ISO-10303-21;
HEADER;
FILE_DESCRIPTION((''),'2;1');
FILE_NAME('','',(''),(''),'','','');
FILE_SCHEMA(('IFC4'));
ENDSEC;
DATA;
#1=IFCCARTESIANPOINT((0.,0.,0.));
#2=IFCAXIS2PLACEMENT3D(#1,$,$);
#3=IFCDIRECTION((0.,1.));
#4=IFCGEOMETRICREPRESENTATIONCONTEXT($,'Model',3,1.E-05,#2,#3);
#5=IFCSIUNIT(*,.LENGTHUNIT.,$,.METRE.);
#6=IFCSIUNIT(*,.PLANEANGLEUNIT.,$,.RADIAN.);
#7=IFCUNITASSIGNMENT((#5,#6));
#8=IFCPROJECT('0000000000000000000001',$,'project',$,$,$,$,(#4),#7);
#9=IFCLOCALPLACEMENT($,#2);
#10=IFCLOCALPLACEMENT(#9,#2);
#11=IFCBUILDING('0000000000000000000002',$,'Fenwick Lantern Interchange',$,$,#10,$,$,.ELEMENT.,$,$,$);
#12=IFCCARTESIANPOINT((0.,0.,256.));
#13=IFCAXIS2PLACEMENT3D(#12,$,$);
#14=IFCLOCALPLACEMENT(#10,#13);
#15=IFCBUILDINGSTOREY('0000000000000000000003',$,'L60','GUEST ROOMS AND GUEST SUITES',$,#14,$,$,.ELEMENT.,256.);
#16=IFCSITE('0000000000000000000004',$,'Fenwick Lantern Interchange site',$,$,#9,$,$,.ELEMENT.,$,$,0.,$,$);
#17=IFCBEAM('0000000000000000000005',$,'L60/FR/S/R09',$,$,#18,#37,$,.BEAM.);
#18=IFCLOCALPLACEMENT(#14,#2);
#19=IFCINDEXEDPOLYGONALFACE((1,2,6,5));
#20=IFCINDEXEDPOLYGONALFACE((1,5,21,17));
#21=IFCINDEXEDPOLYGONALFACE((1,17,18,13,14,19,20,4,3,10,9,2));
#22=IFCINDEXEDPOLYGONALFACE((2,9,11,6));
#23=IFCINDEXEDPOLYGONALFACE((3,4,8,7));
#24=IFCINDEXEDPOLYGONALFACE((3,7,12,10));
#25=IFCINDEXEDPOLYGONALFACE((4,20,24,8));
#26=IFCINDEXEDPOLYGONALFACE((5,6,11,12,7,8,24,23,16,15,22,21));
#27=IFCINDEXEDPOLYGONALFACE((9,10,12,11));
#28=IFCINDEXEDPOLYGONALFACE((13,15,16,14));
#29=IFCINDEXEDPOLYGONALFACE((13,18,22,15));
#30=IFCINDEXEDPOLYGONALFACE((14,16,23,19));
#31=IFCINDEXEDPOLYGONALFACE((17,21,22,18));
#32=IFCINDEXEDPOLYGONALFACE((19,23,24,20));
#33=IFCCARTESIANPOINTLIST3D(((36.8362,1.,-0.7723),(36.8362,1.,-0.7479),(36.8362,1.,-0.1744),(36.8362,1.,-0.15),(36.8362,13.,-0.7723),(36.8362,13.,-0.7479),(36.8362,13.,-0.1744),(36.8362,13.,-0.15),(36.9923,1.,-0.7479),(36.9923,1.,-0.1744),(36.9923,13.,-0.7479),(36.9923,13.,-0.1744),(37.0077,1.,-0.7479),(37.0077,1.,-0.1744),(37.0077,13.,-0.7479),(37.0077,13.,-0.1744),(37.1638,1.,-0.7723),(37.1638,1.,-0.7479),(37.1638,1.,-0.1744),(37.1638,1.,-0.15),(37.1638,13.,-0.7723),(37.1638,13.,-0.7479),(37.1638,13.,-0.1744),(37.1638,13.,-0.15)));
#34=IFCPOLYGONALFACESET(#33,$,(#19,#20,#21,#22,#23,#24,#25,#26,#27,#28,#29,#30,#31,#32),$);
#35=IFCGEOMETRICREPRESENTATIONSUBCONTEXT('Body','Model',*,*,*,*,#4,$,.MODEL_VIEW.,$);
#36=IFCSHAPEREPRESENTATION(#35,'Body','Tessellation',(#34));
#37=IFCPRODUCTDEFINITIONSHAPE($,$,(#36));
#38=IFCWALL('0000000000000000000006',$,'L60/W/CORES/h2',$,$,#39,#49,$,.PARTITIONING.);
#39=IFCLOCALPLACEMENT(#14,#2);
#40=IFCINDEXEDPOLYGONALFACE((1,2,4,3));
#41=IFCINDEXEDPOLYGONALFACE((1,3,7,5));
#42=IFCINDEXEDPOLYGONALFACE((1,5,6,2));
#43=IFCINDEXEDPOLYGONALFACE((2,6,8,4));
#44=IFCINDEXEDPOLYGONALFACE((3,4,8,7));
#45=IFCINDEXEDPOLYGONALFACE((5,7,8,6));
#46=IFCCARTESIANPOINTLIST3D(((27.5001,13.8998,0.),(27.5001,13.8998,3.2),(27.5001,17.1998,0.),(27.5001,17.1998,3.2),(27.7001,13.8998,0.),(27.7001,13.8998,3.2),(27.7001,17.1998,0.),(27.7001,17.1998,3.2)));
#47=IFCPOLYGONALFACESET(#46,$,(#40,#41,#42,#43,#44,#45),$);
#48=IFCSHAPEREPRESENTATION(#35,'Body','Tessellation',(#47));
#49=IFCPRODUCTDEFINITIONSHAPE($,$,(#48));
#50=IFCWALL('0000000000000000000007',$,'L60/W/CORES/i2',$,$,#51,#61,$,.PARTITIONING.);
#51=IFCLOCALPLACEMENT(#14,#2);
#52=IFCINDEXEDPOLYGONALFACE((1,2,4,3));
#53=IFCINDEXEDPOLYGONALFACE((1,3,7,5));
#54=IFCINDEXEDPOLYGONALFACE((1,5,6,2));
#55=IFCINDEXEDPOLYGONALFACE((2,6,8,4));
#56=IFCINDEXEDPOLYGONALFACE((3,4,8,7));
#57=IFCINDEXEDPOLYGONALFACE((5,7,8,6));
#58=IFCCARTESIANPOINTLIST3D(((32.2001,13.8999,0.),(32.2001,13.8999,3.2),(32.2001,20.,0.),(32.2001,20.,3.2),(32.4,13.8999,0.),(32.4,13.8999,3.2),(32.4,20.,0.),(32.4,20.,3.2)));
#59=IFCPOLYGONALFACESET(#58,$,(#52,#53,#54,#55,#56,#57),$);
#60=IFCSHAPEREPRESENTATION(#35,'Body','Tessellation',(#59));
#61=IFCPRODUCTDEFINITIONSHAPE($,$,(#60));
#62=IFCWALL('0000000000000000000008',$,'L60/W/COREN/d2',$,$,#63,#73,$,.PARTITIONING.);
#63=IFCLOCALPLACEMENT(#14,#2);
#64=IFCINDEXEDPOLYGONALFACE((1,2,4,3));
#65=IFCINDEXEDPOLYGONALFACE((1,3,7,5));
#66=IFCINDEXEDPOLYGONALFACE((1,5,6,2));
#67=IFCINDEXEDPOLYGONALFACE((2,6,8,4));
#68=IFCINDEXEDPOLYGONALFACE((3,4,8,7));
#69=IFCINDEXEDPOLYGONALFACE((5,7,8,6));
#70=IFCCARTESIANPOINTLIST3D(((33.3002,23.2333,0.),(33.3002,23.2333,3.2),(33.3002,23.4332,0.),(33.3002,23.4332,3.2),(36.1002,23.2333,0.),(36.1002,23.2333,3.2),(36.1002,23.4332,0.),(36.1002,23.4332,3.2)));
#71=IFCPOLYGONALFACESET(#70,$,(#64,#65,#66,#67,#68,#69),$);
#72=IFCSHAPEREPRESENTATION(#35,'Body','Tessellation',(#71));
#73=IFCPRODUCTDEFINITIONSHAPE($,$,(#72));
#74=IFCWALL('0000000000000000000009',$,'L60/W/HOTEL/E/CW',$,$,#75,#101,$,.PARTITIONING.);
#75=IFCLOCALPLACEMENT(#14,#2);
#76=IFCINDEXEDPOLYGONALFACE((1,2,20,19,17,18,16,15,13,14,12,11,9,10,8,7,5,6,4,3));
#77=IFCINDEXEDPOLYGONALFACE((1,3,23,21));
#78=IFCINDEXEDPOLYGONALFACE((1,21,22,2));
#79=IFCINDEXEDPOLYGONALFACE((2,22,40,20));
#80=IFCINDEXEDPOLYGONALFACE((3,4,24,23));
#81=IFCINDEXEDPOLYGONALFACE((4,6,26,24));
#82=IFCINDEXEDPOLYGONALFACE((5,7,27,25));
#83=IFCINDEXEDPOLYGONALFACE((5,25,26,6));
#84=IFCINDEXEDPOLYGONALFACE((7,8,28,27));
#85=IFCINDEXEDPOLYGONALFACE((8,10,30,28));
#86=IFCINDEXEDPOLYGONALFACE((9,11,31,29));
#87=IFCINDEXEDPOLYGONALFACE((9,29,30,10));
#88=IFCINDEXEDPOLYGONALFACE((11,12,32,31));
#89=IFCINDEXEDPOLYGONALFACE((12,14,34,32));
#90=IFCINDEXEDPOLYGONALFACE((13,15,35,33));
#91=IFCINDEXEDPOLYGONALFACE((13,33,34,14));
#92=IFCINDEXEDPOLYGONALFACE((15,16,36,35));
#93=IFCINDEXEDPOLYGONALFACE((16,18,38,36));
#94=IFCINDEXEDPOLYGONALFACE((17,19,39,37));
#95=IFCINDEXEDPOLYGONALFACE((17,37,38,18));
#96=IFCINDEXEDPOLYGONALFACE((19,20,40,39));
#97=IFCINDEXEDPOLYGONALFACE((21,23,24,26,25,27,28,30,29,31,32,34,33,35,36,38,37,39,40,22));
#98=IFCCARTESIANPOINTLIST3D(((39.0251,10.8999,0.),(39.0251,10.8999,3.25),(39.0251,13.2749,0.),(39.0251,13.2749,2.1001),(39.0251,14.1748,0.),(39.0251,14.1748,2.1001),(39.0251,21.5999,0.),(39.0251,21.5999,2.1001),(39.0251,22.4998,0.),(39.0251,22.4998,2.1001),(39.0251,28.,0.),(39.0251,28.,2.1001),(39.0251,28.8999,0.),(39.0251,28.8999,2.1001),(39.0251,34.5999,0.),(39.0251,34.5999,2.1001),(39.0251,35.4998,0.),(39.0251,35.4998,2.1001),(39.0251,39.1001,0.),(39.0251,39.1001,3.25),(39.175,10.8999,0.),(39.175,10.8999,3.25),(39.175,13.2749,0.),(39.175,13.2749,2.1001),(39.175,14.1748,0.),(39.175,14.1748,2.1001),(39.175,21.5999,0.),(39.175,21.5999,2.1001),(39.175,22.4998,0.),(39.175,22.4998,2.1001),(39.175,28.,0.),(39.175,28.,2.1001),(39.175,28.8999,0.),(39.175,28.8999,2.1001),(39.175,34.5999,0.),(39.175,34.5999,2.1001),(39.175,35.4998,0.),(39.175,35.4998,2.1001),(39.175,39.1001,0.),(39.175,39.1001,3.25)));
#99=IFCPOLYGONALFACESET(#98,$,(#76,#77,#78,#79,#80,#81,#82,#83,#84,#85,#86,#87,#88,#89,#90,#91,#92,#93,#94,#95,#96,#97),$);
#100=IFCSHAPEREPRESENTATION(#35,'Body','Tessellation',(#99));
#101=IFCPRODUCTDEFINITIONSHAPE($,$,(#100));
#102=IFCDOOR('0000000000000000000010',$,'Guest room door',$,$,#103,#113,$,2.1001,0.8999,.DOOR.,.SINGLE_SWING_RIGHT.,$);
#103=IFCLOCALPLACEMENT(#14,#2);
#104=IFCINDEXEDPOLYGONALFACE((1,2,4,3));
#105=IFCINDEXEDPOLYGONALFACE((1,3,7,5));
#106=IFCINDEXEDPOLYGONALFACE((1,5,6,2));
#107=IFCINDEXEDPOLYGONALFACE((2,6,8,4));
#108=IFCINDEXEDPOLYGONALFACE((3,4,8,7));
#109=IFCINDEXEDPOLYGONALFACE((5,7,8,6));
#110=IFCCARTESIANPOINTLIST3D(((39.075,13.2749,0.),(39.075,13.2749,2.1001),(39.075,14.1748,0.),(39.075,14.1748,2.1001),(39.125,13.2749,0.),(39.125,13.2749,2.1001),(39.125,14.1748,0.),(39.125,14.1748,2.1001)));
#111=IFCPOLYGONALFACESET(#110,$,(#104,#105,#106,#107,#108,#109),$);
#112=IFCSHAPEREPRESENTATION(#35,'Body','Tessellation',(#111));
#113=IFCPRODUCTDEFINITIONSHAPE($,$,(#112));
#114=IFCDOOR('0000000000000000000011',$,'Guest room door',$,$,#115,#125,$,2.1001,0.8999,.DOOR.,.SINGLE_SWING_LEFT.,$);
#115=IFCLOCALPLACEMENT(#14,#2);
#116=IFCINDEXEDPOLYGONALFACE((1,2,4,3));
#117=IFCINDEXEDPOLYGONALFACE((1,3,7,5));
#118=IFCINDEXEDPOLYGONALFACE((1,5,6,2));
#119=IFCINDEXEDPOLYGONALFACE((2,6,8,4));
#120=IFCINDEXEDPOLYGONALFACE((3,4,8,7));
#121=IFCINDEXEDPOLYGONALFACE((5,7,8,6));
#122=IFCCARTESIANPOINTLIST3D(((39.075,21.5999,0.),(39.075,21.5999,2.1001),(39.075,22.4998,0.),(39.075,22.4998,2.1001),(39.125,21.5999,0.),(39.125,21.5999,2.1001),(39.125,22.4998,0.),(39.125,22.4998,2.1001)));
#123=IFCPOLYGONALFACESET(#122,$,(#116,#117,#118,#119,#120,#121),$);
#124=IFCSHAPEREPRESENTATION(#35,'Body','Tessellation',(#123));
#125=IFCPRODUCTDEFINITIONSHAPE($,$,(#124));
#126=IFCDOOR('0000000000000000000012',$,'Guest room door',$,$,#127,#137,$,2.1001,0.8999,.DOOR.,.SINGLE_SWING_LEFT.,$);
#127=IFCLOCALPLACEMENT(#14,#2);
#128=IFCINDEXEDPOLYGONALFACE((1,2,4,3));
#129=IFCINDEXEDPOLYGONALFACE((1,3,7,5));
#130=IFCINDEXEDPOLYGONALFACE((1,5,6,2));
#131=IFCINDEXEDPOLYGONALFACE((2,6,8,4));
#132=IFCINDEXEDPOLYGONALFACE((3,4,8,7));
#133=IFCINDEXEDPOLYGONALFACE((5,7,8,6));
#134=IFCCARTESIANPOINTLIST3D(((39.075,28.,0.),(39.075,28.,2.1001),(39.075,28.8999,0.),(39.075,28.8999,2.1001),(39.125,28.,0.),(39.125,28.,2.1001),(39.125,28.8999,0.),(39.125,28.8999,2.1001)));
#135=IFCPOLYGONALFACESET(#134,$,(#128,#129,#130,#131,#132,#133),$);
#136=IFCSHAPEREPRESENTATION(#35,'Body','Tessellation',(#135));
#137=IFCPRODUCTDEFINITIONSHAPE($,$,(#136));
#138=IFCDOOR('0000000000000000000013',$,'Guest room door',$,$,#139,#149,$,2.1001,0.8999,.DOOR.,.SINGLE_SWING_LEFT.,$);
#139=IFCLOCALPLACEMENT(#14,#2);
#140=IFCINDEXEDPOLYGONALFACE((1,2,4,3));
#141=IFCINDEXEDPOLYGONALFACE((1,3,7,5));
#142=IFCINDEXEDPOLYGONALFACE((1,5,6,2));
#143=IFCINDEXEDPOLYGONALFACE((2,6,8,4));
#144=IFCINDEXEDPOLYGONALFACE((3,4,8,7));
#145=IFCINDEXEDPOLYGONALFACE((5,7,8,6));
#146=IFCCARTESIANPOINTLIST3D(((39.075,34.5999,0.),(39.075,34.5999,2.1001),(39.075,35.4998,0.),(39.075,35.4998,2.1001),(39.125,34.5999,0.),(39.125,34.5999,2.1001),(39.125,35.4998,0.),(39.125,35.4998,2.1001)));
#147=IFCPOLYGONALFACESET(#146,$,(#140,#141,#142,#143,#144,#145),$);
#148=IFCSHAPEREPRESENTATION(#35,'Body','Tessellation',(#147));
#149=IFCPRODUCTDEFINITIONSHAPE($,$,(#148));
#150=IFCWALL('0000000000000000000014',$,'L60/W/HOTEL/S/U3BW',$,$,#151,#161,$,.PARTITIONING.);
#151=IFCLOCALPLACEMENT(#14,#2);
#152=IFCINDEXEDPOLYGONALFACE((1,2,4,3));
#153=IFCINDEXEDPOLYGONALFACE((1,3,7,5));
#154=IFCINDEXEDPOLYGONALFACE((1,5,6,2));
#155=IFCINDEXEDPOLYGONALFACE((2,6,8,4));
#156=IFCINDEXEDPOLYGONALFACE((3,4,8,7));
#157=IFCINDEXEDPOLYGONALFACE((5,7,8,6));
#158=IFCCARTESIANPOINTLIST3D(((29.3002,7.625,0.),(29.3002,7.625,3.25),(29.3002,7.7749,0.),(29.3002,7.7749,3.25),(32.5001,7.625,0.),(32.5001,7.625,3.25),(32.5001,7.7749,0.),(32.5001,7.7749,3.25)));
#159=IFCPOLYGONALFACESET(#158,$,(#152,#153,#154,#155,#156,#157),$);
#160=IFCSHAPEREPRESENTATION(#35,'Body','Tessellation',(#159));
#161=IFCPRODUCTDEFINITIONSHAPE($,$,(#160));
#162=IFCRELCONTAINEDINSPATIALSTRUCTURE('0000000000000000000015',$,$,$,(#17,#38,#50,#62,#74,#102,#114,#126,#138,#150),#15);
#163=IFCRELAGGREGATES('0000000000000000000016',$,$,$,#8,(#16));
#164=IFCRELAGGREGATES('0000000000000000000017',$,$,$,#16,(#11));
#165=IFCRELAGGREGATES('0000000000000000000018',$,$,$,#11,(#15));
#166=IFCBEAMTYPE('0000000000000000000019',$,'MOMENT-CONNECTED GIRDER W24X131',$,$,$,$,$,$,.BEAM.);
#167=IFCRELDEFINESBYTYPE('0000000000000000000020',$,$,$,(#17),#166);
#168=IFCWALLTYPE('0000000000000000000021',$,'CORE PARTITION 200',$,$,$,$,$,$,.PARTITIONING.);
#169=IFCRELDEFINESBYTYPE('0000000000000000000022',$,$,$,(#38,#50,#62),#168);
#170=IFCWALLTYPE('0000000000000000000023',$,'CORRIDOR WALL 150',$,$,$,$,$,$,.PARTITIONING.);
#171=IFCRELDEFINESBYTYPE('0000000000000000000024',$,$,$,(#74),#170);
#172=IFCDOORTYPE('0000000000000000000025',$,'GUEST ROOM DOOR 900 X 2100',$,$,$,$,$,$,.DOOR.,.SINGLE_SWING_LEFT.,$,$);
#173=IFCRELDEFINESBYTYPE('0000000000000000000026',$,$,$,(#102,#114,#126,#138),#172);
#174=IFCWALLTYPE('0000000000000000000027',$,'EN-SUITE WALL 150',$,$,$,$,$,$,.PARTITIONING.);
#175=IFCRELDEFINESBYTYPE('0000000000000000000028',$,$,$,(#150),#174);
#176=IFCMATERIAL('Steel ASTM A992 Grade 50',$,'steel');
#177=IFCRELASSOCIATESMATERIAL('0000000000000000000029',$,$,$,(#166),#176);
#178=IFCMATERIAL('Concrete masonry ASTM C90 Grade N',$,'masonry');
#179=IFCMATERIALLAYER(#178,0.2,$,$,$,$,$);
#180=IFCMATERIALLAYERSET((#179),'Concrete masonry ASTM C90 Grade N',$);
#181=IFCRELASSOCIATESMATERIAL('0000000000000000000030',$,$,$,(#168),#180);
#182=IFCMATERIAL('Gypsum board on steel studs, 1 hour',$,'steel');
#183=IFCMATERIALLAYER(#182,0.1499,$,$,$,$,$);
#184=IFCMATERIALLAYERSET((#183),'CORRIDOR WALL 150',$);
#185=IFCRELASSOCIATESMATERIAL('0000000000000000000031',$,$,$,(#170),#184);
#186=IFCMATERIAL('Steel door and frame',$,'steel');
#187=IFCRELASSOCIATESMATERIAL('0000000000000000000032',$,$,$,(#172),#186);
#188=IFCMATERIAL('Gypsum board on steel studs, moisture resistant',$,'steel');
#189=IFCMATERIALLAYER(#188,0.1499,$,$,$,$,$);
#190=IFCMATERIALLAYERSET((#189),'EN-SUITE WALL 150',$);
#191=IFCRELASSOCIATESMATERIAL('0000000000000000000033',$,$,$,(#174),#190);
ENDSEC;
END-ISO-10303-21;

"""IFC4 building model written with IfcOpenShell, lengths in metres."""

from ifc_helpers import new_model, si_unit, direction, frame, frame_2d, origin, origin_2d, place, context, subcontext, project, spatial, rectangle, i_section, extrude, material, layer, layer_set, material_profile, profile_set, type_object, element, fill, save


model = new_model("IFC4")

# Units and contexts
model_context = context("Model", 3, precision=1e-05, world=origin(), true_north=direction((0.0, 1.0)))
body_context = subcontext(model_context, "Body", "Model", "MODEL_VIEW")
ifc_project = project(units=[si_unit("LENGTHUNIT", "METRE"), si_unit("PLANEANGLEUNIT", "RADIAN")], contexts=[model_context])

# Site, building, storey
site_placement = place(None, origin())
site = spatial("IfcSite", under=ifc_project, at=site_placement, Name="Fenwick Lantern Interchange site", CompositionType="ELEMENT", RefElevation=0.0)
building_placement = place(site_placement, origin())
building = spatial("IfcBuilding", under=site, at=building_placement, Name="Fenwick Lantern Interchange", CompositionType="ELEMENT")
storey_placement = place(building_placement, frame((0.0, 0.0, 256.0)))
storey = spatial("IfcBuildingStorey", under=building, at=storey_placement, Name="L60", Description="GUEST ROOMS AND GUEST SUITES", CompositionType="ELEMENT", Elevation=256.0)

# Beam
ifc_material_1 = material(Name="Steel ASTM A992 Grade 50", Category="steel")
ifc_material_profile_1 = material_profile(ifc_material_1, i_section(OverallWidth=0.3276, OverallDepth=0.6223, WebThickness=0.0154, FlangeThickness=0.0244, at=origin_2d()), Name="W24X131")
ifc_profile_set_1 = profile_set([ifc_material_profile_1], Name="Steel ASTM A992 Grade 50")
beam_type_1 = type_object("IfcBeamType", Name="MOMENT-CONNECTED GIRDER W24X131", PredefinedType="BEAM", material=ifc_profile_set_1)
beam_1_placement = place(storey_placement, frame((37.0, 1.0, -0.4612), z_axis=(0.0, 1.0, 0.0), x_axis=(-1.0, 0.0, 0.0)))
element("IfcBeam", 1, at=beam_1_placement, inside=storey, type_object=beam_type_1, Name="L60/FR/S/R09", PredefinedType="BEAM", context=body_context, shape_type="SweptSolid", body=[
    extrude(i_section(OverallWidth=0.3276, OverallDepth=0.6223, WebThickness=0.0154, FlangeThickness=0.0244, at=origin_2d()), origin(), (0.0, 0.0, 1.0), 12.0),
])

# Walls
ifc_material_2 = material(Name="Concrete masonry ASTM C90 Grade N", Category="masonry")
ifc_layer_1 = layer(ifc_material_2, 0.2)
ifc_layer_set_1 = layer_set([ifc_layer_1], Name="Concrete masonry ASTM C90 Grade N")
wall_type_1 = type_object("IfcWallType", Name="CORE PARTITION 200", PredefinedType="PARTITIONING", material=ifc_layer_set_1)
wall_1_placement = place(storey_placement, frame((27.6001, 13.8999, 0.0), z_axis=(0.0, 0.0, 1.0), x_axis=(0.0, 1.0, 0.0)))
element("IfcWall", 2, at=wall_1_placement, inside=storey, type_object=wall_type_1, Name="L60/W/CORES/h2", PredefinedType="PARTITIONING", context=body_context, shape_type="SweptSolid", body=[
    extrude(rectangle(XDim=3.3, YDim=0.2, at=frame_2d((1.6499, 0.0))), origin(), (0.0, 0.0, 1.0), 3.2),
])
wall_2_placement = place(storey_placement, frame((32.3, 13.8999, 0.0), z_axis=(0.0, 0.0, 1.0), x_axis=(0.0, 1.0, 0.0)))
element("IfcWall", 3, at=wall_2_placement, inside=storey, type_object=wall_type_1, Name="L60/W/CORES/i2", PredefinedType="PARTITIONING", context=body_context, shape_type="SweptSolid", body=[
    extrude(rectangle(XDim=6.1001, YDim=0.2, at=frame_2d((3.05, 0.0))), origin(), (0.0, 0.0, 1.0), 3.2),
])
wall_3_placement = place(storey_placement, frame((36.1001, 23.3333, 0.0), z_axis=(0.0, 0.0, 1.0), x_axis=(-1.0, 0.0, 0.0)))
element("IfcWall", 4, at=wall_3_placement, inside=storey, type_object=wall_type_1, Name="L60/W/COREN/d2", PredefinedType="PARTITIONING", context=body_context, shape_type="SweptSolid", body=[
    extrude(rectangle(XDim=2.8, YDim=0.2, at=frame_2d((1.3999, 0.0))), origin(), (0.0, 0.0, 1.0), 3.2),
])

# Wall, openings, doors
ifc_material_3 = material(Name="Steel door and frame", Category="steel")
ifc_material_4 = material(Name="Gypsum board on steel studs, 1 hour", Category="steel")
ifc_layer_2 = layer(ifc_material_4, 0.1499)
ifc_layer_set_2 = layer_set([ifc_layer_2], Name="CORRIDOR WALL 150")
wall_type_2 = type_object("IfcWallType", Name="CORRIDOR WALL 150", PredefinedType="PARTITIONING", material=ifc_layer_set_2)
wall_4_placement = place(storey_placement, frame((39.1001, 10.8999, 0.0), z_axis=(0.0, 0.0, 1.0), x_axis=(0.0, 1.0, 0.0)))
wall_4 = element("IfcWall", 5, at=wall_4_placement, inside=storey, type_object=wall_type_2, Name="L60/W/HOTEL/E/CW", PredefinedType="PARTITIONING", context=body_context, shape_type="SweptSolid", body=[
    extrude(rectangle(XDim=28.2002, YDim=0.1499, at=frame_2d((14.1001, 0.0))), origin(), (0.0, 0.0, 1.0), 3.25),
])
opening_1_placement = place(wall_4_placement, frame((2.375, 0.0, 0.0)))
opening_1 = element("IfcOpeningElement", 6, at=opening_1_placement, cuts=wall_4, PredefinedType="OPENING", context=body_context, shape_type="SweptSolid", body=[
    extrude(rectangle(XDim=0.8999, YDim=2.1001, at=frame_2d((0.45, 1.05))), frame((0.0, 0.085, 0.0), z_axis=(0.0, -1.0, 0.0), x_axis=(1.0, 0.0, 0.0)), (0.0, 0.0, 1.0), 0.1699),
])
opening_2_placement = place(wall_4_placement, frame((10.7, 0.0, 0.0)))
opening_2 = element("IfcOpeningElement", 7, at=opening_2_placement, cuts=wall_4, PredefinedType="OPENING", context=body_context, shape_type="SweptSolid", body=[
    extrude(rectangle(XDim=0.8999, YDim=2.1001, at=frame_2d((0.45, 1.05))), frame((0.0, 0.085, 0.0), z_axis=(0.0, -1.0, 0.0), x_axis=(1.0, 0.0, 0.0)), (0.0, 0.0, 1.0), 0.1699),
])
opening_3_placement = place(wall_4_placement, frame((17.1001, 0.0, 0.0)))
opening_3 = element("IfcOpeningElement", 8, at=opening_3_placement, cuts=wall_4, PredefinedType="OPENING", context=body_context, shape_type="SweptSolid", body=[
    extrude(rectangle(XDim=0.8999, YDim=2.1001, at=frame_2d((0.45, 1.05))), frame((0.0, 0.085, 0.0), z_axis=(0.0, -1.0, 0.0), x_axis=(1.0, 0.0, 0.0)), (0.0, 0.0, 1.0), 0.1699),
])
opening_4_placement = place(wall_4_placement, frame((23.7, 0.0, 0.0)))
opening_4 = element("IfcOpeningElement", 9, at=opening_4_placement, cuts=wall_4, PredefinedType="OPENING", context=body_context, shape_type="SweptSolid", body=[
    extrude(rectangle(XDim=0.8999, YDim=2.1001, at=frame_2d((0.45, 1.05))), frame((0.0, 0.085, 0.0), z_axis=(0.0, -1.0, 0.0), x_axis=(1.0, 0.0, 0.0)), (0.0, 0.0, 1.0), 0.1699),
])
door_type_1 = type_object("IfcDoorType", Name="GUEST ROOM DOOR 900 X 2100", OperationType="SINGLE_SWING_LEFT", PredefinedType="DOOR", material=ifc_material_3)
door_1_placement = place(opening_1_placement, frame((0.8999, 0.0, 0.0), z_axis=(0.0, 0.0, 1.0), x_axis=(-1.0, 0.0, 0.0)))
door_1 = element("IfcDoor", 10, at=door_1_placement, inside=storey, type_object=door_type_1, Name="Guest room door", OperationType="SINGLE_SWING_RIGHT", OverallHeight=2.1001, OverallWidth=0.8999, PredefinedType="DOOR", context=body_context, shape_type="SweptSolid", body=[
    extrude(rectangle(XDim=0.8999, YDim=2.1001, at=frame_2d((0.45, 1.05))), frame((0.0, 0.0249, 0.0), z_axis=(0.0, -1.0, 0.0), x_axis=(1.0, 0.0, 0.0)), (0.0, 0.0, 1.0), 0.05),
])
fill(opening_1, door_1)
door_2_placement = place(opening_2_placement, frame((0.8999, 0.0, 0.0), z_axis=(0.0, 0.0, 1.0), x_axis=(-1.0, 0.0, 0.0)))
door_2 = element("IfcDoor", 11, at=door_2_placement, inside=storey, type_object=door_type_1, Name="Guest room door", OperationType="SINGLE_SWING_LEFT", OverallHeight=2.1001, OverallWidth=0.8999, PredefinedType="DOOR", context=body_context, shape_type="SweptSolid", body=[
    extrude(rectangle(XDim=0.8999, YDim=2.1001, at=frame_2d((0.45, 1.05))), frame((0.0, 0.0249, 0.0), z_axis=(0.0, -1.0, 0.0), x_axis=(1.0, 0.0, 0.0)), (0.0, 0.0, 1.0), 0.05),
])
fill(opening_2, door_2)
door_3_placement = place(opening_3_placement, frame((0.8999, 0.0, 0.0), z_axis=(0.0, 0.0, 1.0), x_axis=(-1.0, 0.0, 0.0)))
door_3 = element("IfcDoor", 12, at=door_3_placement, inside=storey, type_object=door_type_1, Name="Guest room door", OperationType="SINGLE_SWING_LEFT", OverallHeight=2.1001, OverallWidth=0.8999, PredefinedType="DOOR", context=body_context, shape_type="SweptSolid", body=[
    extrude(rectangle(XDim=0.8999, YDim=2.1001, at=frame_2d((0.45, 1.05))), frame((0.0, 0.0249, 0.0), z_axis=(0.0, -1.0, 0.0), x_axis=(1.0, 0.0, 0.0)), (0.0, 0.0, 1.0), 0.05),
])
fill(opening_3, door_3)
door_4_placement = place(opening_4_placement, frame((0.8999, 0.0, 0.0), z_axis=(0.0, 0.0, 1.0), x_axis=(-1.0, 0.0, 0.0)))
door_4 = element("IfcDoor", 13, at=door_4_placement, inside=storey, type_object=door_type_1, Name="Guest room door", OperationType="SINGLE_SWING_LEFT", OverallHeight=2.1001, OverallWidth=0.8999, PredefinedType="DOOR", context=body_context, shape_type="SweptSolid", body=[
    extrude(rectangle(XDim=0.8999, YDim=2.1001, at=frame_2d((0.45, 1.05))), frame((0.0, 0.0249, 0.0), z_axis=(0.0, -1.0, 0.0), x_axis=(1.0, 0.0, 0.0)), (0.0, 0.0, 1.0), 0.05),
])
fill(opening_4, door_4)

# Wall
ifc_material_5 = material(Name="Gypsum board on steel studs, moisture resistant", Category="steel")
ifc_layer_3 = layer(ifc_material_5, 0.1499)
ifc_layer_set_3 = layer_set([ifc_layer_3], Name="EN-SUITE WALL 150")
wall_type_3 = type_object("IfcWallType", Name="EN-SUITE WALL 150", PredefinedType="PARTITIONING", material=ifc_layer_set_3)
wall_5_placement = place(storey_placement, frame((29.3, 7.7, 0.0), z_axis=(0.0, 0.0, 1.0), x_axis=(1.0, 0.0, 0.0)))
element("IfcWall", 14, at=wall_5_placement, inside=storey, type_object=wall_type_3, Name="L60/W/HOTEL/S/U3BW", PredefinedType="PARTITIONING", context=body_context, shape_type="SweptSolid", body=[
    extrude(rectangle(XDim=3.2, YDim=0.1499, at=frame_2d((1.6001, 0.0))), origin(), (0.0, 0.0, 1.0), 3.25),
])

save(model, "model.ifc")
